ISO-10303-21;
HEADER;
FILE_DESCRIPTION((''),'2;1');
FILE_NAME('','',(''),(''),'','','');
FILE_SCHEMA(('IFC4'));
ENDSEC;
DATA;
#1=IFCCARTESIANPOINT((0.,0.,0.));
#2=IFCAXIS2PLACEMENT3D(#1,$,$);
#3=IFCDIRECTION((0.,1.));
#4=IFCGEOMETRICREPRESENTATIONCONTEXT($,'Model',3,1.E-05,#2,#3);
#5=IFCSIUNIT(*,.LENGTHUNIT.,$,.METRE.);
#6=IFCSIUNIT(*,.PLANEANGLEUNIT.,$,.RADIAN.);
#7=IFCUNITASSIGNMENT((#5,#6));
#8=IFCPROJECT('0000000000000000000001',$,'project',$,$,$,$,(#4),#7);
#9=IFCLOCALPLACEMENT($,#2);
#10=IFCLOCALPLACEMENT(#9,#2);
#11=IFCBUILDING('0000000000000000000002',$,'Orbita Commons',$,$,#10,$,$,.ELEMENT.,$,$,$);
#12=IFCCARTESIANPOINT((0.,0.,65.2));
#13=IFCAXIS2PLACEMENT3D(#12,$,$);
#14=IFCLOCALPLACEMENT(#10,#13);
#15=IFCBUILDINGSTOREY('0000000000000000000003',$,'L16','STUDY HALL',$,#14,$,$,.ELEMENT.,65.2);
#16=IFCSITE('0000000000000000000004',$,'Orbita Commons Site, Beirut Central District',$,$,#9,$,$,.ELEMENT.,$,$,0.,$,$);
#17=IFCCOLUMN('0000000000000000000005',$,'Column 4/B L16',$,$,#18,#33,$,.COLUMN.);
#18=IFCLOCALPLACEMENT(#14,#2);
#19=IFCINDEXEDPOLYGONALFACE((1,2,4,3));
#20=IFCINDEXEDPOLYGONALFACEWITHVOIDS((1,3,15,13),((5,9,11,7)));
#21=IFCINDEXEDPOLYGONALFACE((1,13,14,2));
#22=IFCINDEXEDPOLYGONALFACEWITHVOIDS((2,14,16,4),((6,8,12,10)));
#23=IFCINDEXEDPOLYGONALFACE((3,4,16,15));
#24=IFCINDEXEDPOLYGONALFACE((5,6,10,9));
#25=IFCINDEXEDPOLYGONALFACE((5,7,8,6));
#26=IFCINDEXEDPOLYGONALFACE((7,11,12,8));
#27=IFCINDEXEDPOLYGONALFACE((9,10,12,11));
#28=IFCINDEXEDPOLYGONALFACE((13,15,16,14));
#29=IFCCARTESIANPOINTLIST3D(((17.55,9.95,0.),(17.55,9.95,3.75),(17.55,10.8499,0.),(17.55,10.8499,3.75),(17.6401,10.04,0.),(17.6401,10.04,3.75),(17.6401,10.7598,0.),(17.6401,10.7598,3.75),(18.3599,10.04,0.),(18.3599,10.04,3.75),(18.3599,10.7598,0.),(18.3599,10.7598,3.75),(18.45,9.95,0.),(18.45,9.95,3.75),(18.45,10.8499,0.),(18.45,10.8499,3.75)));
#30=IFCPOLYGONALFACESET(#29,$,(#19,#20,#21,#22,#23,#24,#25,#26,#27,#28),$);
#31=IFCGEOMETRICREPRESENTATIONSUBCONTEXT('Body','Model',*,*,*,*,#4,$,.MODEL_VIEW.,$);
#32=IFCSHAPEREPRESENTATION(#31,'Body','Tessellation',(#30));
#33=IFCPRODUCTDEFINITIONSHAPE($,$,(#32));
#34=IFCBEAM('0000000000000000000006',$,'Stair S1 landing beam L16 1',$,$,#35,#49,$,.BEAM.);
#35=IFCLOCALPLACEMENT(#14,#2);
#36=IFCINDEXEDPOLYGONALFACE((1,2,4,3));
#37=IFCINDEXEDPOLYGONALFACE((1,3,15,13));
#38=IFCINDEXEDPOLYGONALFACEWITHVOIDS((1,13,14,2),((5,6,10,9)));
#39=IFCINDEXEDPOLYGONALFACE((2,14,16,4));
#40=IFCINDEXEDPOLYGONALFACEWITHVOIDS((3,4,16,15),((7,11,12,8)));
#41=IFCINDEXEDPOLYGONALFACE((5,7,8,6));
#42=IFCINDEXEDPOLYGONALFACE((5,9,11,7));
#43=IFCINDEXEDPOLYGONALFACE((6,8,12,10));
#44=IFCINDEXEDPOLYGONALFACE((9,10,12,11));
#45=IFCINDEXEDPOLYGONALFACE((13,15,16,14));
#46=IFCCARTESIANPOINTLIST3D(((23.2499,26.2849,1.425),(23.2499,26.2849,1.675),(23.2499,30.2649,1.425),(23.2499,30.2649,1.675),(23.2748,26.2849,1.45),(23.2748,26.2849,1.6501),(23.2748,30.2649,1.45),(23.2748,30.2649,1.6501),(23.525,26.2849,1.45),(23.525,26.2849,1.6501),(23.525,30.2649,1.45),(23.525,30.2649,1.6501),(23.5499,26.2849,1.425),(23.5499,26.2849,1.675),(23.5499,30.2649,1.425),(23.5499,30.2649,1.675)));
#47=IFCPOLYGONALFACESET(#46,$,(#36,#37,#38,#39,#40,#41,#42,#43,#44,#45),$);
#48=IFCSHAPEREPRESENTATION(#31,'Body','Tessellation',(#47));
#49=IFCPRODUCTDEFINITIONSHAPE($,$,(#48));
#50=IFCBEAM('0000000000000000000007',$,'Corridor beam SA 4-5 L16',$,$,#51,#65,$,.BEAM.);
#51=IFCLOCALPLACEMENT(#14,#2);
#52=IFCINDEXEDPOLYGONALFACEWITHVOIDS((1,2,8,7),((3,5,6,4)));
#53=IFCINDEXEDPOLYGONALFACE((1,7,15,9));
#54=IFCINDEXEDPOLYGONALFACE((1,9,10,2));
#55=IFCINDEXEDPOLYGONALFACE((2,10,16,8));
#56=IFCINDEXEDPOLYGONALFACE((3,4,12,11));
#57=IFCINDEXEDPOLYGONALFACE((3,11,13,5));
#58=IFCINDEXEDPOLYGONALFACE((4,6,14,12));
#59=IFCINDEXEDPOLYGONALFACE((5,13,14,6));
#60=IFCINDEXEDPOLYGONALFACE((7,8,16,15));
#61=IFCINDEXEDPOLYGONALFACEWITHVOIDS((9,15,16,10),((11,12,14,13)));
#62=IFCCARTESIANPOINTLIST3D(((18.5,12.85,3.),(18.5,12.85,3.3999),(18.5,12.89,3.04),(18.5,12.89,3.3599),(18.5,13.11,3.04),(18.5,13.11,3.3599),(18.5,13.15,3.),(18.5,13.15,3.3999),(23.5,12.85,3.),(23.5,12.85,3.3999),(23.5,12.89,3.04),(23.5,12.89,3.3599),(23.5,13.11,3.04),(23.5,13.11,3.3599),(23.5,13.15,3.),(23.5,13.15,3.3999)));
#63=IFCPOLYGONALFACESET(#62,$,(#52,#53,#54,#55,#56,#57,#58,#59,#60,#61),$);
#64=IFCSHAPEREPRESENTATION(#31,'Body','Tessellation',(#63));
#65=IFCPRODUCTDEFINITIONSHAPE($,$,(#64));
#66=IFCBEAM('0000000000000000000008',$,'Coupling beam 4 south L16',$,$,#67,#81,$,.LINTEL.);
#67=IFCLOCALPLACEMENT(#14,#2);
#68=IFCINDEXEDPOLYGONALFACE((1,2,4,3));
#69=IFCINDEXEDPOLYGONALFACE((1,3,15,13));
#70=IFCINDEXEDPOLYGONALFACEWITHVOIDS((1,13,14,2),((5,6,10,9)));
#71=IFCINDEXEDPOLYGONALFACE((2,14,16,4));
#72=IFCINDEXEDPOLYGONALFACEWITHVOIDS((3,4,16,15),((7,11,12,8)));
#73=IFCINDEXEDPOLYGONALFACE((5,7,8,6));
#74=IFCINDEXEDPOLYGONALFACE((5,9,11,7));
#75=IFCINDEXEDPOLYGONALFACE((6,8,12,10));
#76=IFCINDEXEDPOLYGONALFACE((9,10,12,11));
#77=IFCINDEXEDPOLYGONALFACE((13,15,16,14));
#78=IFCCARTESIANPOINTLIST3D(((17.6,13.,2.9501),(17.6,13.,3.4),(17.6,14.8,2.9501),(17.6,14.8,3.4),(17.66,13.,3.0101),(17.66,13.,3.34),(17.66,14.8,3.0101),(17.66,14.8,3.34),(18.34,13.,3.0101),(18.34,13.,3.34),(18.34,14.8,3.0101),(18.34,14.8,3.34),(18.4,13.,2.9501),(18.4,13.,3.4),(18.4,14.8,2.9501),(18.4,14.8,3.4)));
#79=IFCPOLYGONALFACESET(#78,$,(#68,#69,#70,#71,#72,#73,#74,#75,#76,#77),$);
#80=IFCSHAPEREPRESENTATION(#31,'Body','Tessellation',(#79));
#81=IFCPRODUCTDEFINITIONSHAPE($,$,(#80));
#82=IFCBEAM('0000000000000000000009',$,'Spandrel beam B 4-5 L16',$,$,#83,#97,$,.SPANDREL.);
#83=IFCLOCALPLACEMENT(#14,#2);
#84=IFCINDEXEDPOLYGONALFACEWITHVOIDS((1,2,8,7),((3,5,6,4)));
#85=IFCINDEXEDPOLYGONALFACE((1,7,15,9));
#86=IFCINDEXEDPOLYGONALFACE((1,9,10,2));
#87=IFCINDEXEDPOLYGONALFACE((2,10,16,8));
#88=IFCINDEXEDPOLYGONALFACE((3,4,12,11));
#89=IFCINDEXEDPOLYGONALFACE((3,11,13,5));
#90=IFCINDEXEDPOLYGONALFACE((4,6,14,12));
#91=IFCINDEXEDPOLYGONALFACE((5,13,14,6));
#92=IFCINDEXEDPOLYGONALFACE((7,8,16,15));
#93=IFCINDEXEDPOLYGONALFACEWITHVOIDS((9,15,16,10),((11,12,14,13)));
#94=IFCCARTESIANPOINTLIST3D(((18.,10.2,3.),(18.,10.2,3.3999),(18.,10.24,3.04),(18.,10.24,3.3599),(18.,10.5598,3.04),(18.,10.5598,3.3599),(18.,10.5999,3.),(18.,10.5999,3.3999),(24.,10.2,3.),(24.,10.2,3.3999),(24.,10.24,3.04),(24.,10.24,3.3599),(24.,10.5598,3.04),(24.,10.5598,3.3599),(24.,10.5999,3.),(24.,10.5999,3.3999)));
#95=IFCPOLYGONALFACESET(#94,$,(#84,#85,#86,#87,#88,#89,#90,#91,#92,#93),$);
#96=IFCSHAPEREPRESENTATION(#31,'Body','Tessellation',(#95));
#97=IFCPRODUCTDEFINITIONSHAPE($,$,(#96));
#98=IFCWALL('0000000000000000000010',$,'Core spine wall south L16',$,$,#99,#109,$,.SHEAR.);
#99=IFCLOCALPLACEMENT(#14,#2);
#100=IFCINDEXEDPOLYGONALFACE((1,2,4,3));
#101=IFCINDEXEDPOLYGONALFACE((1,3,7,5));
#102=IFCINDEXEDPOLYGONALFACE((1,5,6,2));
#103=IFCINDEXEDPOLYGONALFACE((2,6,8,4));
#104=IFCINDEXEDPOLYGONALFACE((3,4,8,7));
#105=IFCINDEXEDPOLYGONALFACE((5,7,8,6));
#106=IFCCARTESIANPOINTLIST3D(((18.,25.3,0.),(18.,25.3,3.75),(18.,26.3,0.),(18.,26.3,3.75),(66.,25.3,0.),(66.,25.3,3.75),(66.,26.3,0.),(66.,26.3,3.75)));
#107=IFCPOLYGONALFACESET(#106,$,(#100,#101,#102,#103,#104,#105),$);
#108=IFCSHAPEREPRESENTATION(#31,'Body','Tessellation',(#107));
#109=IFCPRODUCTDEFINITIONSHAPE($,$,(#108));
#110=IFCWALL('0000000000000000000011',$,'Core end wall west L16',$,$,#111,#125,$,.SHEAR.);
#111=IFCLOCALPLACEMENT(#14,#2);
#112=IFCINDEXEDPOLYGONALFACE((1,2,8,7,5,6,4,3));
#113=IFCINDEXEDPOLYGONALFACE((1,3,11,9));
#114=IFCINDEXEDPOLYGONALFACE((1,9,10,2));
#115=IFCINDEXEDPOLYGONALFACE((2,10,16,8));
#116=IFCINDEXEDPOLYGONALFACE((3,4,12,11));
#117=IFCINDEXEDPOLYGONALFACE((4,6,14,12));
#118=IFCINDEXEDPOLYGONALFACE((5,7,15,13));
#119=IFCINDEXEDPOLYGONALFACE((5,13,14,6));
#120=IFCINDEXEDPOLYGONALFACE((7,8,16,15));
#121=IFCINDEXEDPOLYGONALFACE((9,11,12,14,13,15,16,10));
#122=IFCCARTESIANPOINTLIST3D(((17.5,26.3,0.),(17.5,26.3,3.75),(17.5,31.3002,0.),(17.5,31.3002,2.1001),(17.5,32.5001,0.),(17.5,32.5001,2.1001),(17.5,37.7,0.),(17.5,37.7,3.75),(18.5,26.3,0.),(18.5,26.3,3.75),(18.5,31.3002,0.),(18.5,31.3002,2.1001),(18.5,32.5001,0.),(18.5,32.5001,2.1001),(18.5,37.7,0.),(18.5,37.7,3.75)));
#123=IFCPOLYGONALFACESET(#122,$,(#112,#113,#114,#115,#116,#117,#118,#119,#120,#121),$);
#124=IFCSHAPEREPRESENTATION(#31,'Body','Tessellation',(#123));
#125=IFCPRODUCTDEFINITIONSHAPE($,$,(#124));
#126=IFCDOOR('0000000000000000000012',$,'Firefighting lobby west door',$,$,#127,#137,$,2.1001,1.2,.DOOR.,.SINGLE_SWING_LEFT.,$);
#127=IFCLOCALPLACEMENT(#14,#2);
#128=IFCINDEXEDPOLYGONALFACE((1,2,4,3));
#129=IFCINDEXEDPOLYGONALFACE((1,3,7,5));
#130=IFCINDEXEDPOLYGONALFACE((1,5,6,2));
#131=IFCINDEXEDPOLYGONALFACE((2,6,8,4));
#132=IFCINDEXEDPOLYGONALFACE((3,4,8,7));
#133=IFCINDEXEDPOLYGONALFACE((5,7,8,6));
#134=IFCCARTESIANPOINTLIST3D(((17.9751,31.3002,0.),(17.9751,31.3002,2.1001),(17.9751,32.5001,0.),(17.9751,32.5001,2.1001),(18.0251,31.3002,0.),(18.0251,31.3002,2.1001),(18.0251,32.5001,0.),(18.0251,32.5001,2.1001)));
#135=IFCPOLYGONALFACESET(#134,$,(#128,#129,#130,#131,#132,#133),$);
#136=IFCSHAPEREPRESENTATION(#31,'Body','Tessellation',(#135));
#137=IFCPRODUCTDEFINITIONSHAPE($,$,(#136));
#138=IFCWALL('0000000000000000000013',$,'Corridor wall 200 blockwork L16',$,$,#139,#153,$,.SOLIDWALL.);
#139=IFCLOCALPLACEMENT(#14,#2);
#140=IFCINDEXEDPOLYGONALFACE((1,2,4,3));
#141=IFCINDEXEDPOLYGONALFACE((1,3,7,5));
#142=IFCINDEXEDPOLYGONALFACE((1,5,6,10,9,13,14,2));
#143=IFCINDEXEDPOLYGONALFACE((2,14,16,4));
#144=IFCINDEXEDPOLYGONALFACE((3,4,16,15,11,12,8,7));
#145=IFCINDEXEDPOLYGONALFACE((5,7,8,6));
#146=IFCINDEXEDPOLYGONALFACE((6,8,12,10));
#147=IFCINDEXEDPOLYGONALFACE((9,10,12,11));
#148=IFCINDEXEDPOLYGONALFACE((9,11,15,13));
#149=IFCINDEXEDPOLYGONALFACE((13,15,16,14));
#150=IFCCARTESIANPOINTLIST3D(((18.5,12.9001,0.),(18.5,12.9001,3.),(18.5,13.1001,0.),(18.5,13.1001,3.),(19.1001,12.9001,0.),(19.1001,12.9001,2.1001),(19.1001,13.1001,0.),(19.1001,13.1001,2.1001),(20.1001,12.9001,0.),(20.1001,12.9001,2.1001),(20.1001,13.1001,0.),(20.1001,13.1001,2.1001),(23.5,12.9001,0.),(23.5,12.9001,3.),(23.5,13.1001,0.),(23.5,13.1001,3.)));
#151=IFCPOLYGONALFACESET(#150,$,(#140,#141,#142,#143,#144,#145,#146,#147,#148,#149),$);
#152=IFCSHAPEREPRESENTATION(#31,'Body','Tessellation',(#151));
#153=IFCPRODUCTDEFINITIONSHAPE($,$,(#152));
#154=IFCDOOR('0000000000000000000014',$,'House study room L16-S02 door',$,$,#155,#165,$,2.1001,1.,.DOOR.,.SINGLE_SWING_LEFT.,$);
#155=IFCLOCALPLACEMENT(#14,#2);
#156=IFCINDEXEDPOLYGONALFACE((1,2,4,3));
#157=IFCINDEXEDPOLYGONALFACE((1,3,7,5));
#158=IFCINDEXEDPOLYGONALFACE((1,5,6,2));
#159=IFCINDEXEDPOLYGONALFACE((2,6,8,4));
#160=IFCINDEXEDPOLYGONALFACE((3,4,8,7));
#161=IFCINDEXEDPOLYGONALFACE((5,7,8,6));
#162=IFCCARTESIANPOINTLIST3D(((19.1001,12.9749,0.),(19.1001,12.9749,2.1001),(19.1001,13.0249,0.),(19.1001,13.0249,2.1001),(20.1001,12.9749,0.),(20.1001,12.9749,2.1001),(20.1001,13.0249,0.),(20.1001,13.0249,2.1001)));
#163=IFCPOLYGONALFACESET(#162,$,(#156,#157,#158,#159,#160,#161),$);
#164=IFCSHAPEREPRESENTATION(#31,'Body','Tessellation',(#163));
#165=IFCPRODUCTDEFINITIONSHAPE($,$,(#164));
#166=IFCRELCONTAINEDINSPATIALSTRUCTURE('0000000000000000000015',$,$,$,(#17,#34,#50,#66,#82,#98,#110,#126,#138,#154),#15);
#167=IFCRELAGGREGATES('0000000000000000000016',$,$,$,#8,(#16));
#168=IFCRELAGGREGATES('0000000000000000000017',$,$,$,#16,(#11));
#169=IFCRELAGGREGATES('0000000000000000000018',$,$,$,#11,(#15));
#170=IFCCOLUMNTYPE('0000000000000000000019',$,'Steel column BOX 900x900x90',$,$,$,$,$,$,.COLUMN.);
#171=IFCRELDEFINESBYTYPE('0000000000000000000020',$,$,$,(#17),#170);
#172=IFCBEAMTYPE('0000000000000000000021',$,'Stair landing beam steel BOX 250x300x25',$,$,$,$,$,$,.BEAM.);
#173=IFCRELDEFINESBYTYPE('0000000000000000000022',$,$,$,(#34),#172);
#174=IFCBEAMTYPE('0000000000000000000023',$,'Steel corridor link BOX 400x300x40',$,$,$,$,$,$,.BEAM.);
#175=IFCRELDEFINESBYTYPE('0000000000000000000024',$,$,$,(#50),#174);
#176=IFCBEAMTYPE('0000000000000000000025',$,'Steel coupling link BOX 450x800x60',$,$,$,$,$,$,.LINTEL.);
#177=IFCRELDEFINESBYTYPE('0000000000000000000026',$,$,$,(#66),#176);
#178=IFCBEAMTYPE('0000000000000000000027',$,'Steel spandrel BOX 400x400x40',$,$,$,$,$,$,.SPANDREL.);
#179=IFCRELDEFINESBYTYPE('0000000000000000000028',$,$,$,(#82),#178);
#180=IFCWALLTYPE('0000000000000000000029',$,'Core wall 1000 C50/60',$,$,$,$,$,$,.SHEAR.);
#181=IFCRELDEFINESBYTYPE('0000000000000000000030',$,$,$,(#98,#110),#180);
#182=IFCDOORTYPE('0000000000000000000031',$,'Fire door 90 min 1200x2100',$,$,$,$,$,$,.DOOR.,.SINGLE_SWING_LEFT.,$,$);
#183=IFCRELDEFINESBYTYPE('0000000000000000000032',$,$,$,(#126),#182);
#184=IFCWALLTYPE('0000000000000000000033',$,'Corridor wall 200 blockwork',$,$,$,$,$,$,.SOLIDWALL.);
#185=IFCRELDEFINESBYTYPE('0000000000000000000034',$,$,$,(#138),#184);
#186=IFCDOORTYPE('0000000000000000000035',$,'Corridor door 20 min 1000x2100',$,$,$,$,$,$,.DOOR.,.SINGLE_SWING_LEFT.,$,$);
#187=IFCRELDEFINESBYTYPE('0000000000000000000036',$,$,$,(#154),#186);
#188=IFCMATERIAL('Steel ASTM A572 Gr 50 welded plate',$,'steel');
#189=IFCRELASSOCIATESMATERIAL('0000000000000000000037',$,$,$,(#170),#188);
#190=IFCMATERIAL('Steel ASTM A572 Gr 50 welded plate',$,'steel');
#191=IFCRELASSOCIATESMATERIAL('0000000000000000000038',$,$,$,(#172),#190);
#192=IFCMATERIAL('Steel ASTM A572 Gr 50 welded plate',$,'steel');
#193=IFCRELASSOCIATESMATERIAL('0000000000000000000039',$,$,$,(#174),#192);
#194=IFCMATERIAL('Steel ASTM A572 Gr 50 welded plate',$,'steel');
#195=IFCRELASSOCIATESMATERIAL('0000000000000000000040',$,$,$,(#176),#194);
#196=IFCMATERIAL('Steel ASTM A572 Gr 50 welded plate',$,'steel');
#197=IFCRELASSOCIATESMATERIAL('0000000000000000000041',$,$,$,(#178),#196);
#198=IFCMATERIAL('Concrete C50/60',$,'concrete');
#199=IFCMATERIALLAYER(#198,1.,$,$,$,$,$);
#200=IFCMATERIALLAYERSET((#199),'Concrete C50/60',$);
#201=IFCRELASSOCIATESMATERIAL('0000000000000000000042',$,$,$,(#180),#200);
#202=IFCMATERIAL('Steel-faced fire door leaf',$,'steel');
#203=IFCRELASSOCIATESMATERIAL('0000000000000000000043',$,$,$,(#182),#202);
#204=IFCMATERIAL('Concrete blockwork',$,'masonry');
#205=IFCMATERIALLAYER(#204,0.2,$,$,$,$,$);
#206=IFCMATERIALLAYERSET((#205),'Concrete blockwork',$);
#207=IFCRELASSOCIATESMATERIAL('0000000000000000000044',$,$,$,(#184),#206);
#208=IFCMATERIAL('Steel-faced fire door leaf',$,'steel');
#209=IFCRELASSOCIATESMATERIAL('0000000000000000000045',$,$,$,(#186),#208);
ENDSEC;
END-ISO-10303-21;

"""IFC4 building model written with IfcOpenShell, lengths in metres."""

from ifc_helpers import new_model, si_unit, direction, frame, frame_2d, origin, origin_2d, place, context, subcontext, project, spatial, polyline, rectangle, hollow_rectangle, outline, extrude, material, layer, layer_set, material_profile, profile_set, type_object, element, fill, save


model = new_model("IFC4")

# Units and contexts
model_context = context("Model", 3, precision=1e-05, world=origin(), true_north=direction((0.0, 1.0)))
body_context = subcontext(model_context, "Body", "Model", "MODEL_VIEW")
ifc_project = project(units=[si_unit("LENGTHUNIT", "METRE"), si_unit("PLANEANGLEUNIT", "RADIAN")], contexts=[model_context])

# Site, building, storey
site_placement = place(None, origin())
site = spatial("IfcSite", under=ifc_project, at=site_placement, Name="Orbita Commons Site, Beirut Central District", CompositionType="ELEMENT", RefElevation=0.0)
building_placement = place(site_placement, origin())
building = spatial("IfcBuilding", under=site, at=building_placement, Name="Orbita Commons", CompositionType="ELEMENT")
storey_placement = place(building_placement, frame((0.0, 0.0, 65.2)))
storey = spatial("IfcBuildingStorey", under=building, at=storey_placement, Name="L16", Description="STUDY HALL", CompositionType="ELEMENT", Elevation=65.2)

# Column
ifc_material_1 = material(Name="Steel ASTM A572 Gr 50 welded plate", Category="steel")
ifc_material_profile_1 = material_profile(ifc_material_1, hollow_rectangle(XDim=0.8999, YDim=0.8999, WallThickness=0.0901, at=origin_2d()), Name="BOX 900x900x90")
ifc_profile_set_1 = profile_set([ifc_material_profile_1], Name="Steel ASTM A572 Gr 50 welded plate")
column_type = type_object("IfcColumnType", Name="Steel column BOX 900x900x90", PredefinedType="COLUMN", material=ifc_profile_set_1)
column_placement = place(storey_placement, frame((18.0, 10.3999, 0.0), z_axis=(0.0, 0.0, 1.0), x_axis=(1.0, 0.0, 0.0)))
element("IfcColumn", 1, at=column_placement, inside=storey, type_object=column_type, Name="Column 4/B L16", PredefinedType="COLUMN", context=body_context, shape_type="SweptSolid", body=[
    extrude(hollow_rectangle(XDim=0.8999, YDim=0.8999, WallThickness=0.0901, at=origin_2d()), origin(), (0.0, 0.0, 1.0), 3.75),
])

# Beams
ifc_material_2 = material(Name="Steel ASTM A572 Gr 50 welded plate", Category="steel")
ifc_material_profile_2 = material_profile(ifc_material_2, hollow_rectangle(XDim=0.3, YDim=0.25, WallThickness=0.0249, at=origin_2d()), Name="BOX 250x300x25")
ifc_profile_set_2 = profile_set([ifc_material_profile_2], Name="Steel ASTM A572 Gr 50 welded plate")
beam_type_1 = type_object("IfcBeamType", Name="Stair landing beam steel BOX 250x300x25", PredefinedType="BEAM", material=ifc_profile_set_2)
beam_1_placement = place(storey_placement, frame((23.3999, 26.2849, 1.55), z_axis=(0.0, 1.0, 0.0), x_axis=(-1.0, 0.0, 0.0)))
element("IfcBeam", 2, at=beam_1_placement, inside=storey, type_object=beam_type_1, Name="Stair S1 landing beam L16 1", PredefinedType="BEAM", context=body_context, shape_type="SweptSolid", body=[
    extrude(hollow_rectangle(XDim=0.3, YDim=0.25, WallThickness=0.0249, at=origin_2d()), origin(), (0.0, 0.0, 1.0), 3.98),
])
ifc_material_3 = material(Name="Steel ASTM A572 Gr 50 welded plate", Category="steel")
ifc_material_profile_3 = material_profile(ifc_material_3, hollow_rectangle(XDim=0.3, YDim=0.3999, WallThickness=0.04, at=origin_2d()), Name="BOX 400x300x40")
ifc_profile_set_3 = profile_set([ifc_material_profile_3], Name="Steel ASTM A572 Gr 50 welded plate")
beam_type_2 = type_object("IfcBeamType", Name="Steel corridor link BOX 400x300x40", PredefinedType="BEAM", material=ifc_profile_set_3)
beam_2_placement = place(storey_placement, frame((18.5, 13.0, 3.2), z_axis=(1.0, 0.0, 0.0), x_axis=(0.0, 1.0, 0.0)))
element("IfcBeam", 3, at=beam_2_placement, inside=storey, type_object=beam_type_2, Name="Corridor beam SA 4-5 L16", PredefinedType="BEAM", context=body_context, shape_type="SweptSolid", body=[
    extrude(hollow_rectangle(XDim=0.3, YDim=0.3999, WallThickness=0.04, at=origin_2d()), origin(), (0.0, 0.0, 1.0), 5.0),
])
ifc_material_4 = material(Name="Steel ASTM A572 Gr 50 welded plate", Category="steel")
ifc_material_profile_4 = material_profile(ifc_material_4, hollow_rectangle(XDim=0.8, YDim=0.45, WallThickness=0.0601, at=origin_2d()), Name="BOX 450x800x60")
ifc_profile_set_4 = profile_set([ifc_material_profile_4], Name="Steel ASTM A572 Gr 50 welded plate")
beam_type_3 = type_object("IfcBeamType", Name="Steel coupling link BOX 450x800x60", PredefinedType="LINTEL", material=ifc_profile_set_4)
beam_3_placement = place(storey_placement, frame((18.0, 13.0, 3.175), z_axis=(0.0, 1.0, 0.0), x_axis=(-1.0, 0.0, 0.0)))
element("IfcBeam", 4, at=beam_3_placement, inside=storey, type_object=beam_type_3, Name="Coupling beam 4 south L16", PredefinedType="LINTEL", context=body_context, shape_type="SweptSolid", body=[
    extrude(hollow_rectangle(XDim=0.8, YDim=0.45, WallThickness=0.0601, at=origin_2d()), origin(), (0.0, 0.0, 1.0), 1.8),
])
ifc_material_5 = material(Name="Steel ASTM A572 Gr 50 welded plate", Category="steel")
ifc_material_profile_5 = material_profile(ifc_material_5, hollow_rectangle(XDim=0.3999, YDim=0.3999, WallThickness=0.04, at=origin_2d()), Name="BOX 400x400x40")
ifc_profile_set_5 = profile_set([ifc_material_profile_5], Name="Steel ASTM A572 Gr 50 welded plate")
beam_type_4 = type_object("IfcBeamType", Name="Steel spandrel BOX 400x400x40", PredefinedType="SPANDREL", material=ifc_profile_set_5)
beam_4_placement = place(storey_placement, frame((18.0, 10.3999, 3.2), z_axis=(1.0, 0.0, 0.0), x_axis=(0.0, 1.0, 0.0)))
element("IfcBeam", 5, at=beam_4_placement, inside=storey, type_object=beam_type_4, Name="Spandrel beam B 4-5 L16", PredefinedType="SPANDREL", context=body_context, shape_type="SweptSolid", body=[
    extrude(hollow_rectangle(XDim=0.3999, YDim=0.3999, WallThickness=0.04, at=origin_2d()), origin(), (0.0, 0.0, 1.0), 6.0),
])

# Wall
ifc_material_6 = material(Name="Concrete C50/60", Category="concrete")
ifc_layer_1 = layer(ifc_material_6, 1.0)
ifc_layer_set_1 = layer_set([ifc_layer_1], Name="Concrete C50/60")
wall_type_1 = type_object("IfcWallType", Name="Core wall 1000 C50/60", PredefinedType="SHEAR", material=ifc_layer_set_1)
wall_1_placement = place(storey_placement, frame((18.0, 25.8, 0.0), z_axis=(0.0, 0.0, 1.0), x_axis=(1.0, 0.0, 0.0)))
element("IfcWall", 6, at=wall_1_placement, inside=storey, type_object=wall_type_1, Name="Core spine wall south L16", PredefinedType="SHEAR", context=body_context, shape_type="SweptSolid", body=[
    extrude(rectangle(XDim=48.0, YDim=1.0, at=frame_2d((24.0, 0.0))), origin(), (0.0, 0.0, 1.0), 3.75),
])

# Walls, openings, doors
wall_2_placement = place(storey_placement, frame((18.0, 26.3, 0.0), z_axis=(0.0, 0.0, 1.0), x_axis=(0.0, 1.0, 0.0)))
wall_2 = element("IfcWall", 7, at=wall_2_placement, inside=storey, type_object=wall_type_1, Name="Core end wall west L16", PredefinedType="SHEAR", context=body_context, shape_type="SweptSolid", body=[
    extrude(rectangle(XDim=11.3999, YDim=1.0, at=frame_2d((5.7, 0.0))), origin(), (0.0, 0.0, 1.0), 3.75),
])
opening_1_placement = place(wall_2_placement, frame((5.0, 0.0, 0.0)))
opening_1 = element("IfcOpeningElement", 8, at=opening_1_placement, cuts=wall_2, PredefinedType="OPENING", context=body_context, shape_type="SweptSolid", body=[
    extrude(rectangle(XDim=1.2, YDim=2.1001, at=frame_2d((0.6001, 1.05))), frame((0.0, 0.51, 0.0), z_axis=(0.0, -1.0, 0.0), x_axis=(1.0, 0.0, 0.0)), (0.0, 0.0, 1.0), 1.02),
])
ifc_material_7 = material(Name="Steel-faced fire door leaf", Category="steel")
door_type_1 = type_object("IfcDoorType", Name="Fire door 90 min 1200x2100", OperationType="SINGLE_SWING_LEFT", PredefinedType="DOOR", material=ifc_material_7)
door_1_placement = place(opening_1_placement, origin())
door_1 = element("IfcDoor", 9, at=door_1_placement, inside=storey, type_object=door_type_1, Name="Firefighting lobby west door", OperationType="SINGLE_SWING_LEFT", OverallHeight=2.1001, OverallWidth=1.2, PredefinedType="DOOR", context=body_context, shape_type="SweptSolid", body=[
    extrude(rectangle(XDim=1.2, YDim=2.1001, at=frame_2d((0.6001, 1.05))), frame((0.0, 0.0249, 0.0), z_axis=(0.0, -1.0, 0.0), x_axis=(1.0, 0.0, 0.0)), (0.0, 0.0, 1.0), 0.05),
])
fill(opening_1, door_1)
ifc_material_8 = material(Name="Concrete blockwork", Category="masonry")
ifc_layer_2 = layer(ifc_material_8, 0.2)
ifc_layer_set_2 = layer_set([ifc_layer_2], Name="Concrete blockwork")
wall_type_2 = type_object("IfcWallType", Name="Corridor wall 200 blockwork", PredefinedType="SOLIDWALL", material=ifc_layer_set_2)
wall_3_placement = place(storey_placement, frame((18.5, 13.0, 0.0), z_axis=(0.0, 0.0, 1.0), x_axis=(1.0, 0.0, 0.0)))
wall_3 = element("IfcWall", 10, at=wall_3_placement, inside=storey, type_object=wall_type_2, Name="Corridor wall 200 blockwork L16", PredefinedType="SOLIDWALL", context=body_context, shape_type="SweptSolid", body=[
    extrude(outline(polyline([(0.0, 0.0), (5.0, 0.0), (5.0, 3.0), (0.0, 3.0), (0.0, 0.0)])), frame((0.0, 0.1001, 0.0), z_axis=(0.0, -1.0, 0.0), x_axis=(1.0, 0.0, 0.0)), (0.0, 0.0, 1.0), 0.2),
])
opening_2_placement = place(wall_3_placement, frame((0.6001, 0.0, 0.0)))
opening_2 = element("IfcOpeningElement", 11, at=opening_2_placement, cuts=wall_3, PredefinedType="OPENING", context=body_context, shape_type="SweptSolid", body=[
    extrude(rectangle(XDim=1.0, YDim=2.1001, at=frame_2d((0.5, 1.05))), frame((0.0, 0.1099, 0.0), z_axis=(0.0, -1.0, 0.0), x_axis=(1.0, 0.0, 0.0)), (0.0, 0.0, 1.0), 0.22),
])
ifc_material_9 = material(Name="Steel-faced fire door leaf", Category="steel")
door_type_2 = type_object("IfcDoorType", Name="Corridor door 20 min 1000x2100", OperationType="SINGLE_SWING_LEFT", PredefinedType="DOOR", material=ifc_material_9)
door_2_placement = place(opening_2_placement, origin())
door_2 = element("IfcDoor", 12, at=door_2_placement, inside=storey, type_object=door_type_2, Name="House study room L16-S02 door", OperationType="SINGLE_SWING_LEFT", OverallHeight=2.1001, OverallWidth=1.0, PredefinedType="DOOR", context=body_context, shape_type="SweptSolid", body=[
    extrude(rectangle(XDim=1.0, YDim=2.1001, at=frame_2d((0.5, 1.05))), frame((0.0, 0.0249, 0.0), z_axis=(0.0, -1.0, 0.0), x_axis=(1.0, 0.0, 0.0)), (0.0, 0.0, 1.0), 0.05),
])
fill(opening_2, door_2)

save(model, "model.ifc")
